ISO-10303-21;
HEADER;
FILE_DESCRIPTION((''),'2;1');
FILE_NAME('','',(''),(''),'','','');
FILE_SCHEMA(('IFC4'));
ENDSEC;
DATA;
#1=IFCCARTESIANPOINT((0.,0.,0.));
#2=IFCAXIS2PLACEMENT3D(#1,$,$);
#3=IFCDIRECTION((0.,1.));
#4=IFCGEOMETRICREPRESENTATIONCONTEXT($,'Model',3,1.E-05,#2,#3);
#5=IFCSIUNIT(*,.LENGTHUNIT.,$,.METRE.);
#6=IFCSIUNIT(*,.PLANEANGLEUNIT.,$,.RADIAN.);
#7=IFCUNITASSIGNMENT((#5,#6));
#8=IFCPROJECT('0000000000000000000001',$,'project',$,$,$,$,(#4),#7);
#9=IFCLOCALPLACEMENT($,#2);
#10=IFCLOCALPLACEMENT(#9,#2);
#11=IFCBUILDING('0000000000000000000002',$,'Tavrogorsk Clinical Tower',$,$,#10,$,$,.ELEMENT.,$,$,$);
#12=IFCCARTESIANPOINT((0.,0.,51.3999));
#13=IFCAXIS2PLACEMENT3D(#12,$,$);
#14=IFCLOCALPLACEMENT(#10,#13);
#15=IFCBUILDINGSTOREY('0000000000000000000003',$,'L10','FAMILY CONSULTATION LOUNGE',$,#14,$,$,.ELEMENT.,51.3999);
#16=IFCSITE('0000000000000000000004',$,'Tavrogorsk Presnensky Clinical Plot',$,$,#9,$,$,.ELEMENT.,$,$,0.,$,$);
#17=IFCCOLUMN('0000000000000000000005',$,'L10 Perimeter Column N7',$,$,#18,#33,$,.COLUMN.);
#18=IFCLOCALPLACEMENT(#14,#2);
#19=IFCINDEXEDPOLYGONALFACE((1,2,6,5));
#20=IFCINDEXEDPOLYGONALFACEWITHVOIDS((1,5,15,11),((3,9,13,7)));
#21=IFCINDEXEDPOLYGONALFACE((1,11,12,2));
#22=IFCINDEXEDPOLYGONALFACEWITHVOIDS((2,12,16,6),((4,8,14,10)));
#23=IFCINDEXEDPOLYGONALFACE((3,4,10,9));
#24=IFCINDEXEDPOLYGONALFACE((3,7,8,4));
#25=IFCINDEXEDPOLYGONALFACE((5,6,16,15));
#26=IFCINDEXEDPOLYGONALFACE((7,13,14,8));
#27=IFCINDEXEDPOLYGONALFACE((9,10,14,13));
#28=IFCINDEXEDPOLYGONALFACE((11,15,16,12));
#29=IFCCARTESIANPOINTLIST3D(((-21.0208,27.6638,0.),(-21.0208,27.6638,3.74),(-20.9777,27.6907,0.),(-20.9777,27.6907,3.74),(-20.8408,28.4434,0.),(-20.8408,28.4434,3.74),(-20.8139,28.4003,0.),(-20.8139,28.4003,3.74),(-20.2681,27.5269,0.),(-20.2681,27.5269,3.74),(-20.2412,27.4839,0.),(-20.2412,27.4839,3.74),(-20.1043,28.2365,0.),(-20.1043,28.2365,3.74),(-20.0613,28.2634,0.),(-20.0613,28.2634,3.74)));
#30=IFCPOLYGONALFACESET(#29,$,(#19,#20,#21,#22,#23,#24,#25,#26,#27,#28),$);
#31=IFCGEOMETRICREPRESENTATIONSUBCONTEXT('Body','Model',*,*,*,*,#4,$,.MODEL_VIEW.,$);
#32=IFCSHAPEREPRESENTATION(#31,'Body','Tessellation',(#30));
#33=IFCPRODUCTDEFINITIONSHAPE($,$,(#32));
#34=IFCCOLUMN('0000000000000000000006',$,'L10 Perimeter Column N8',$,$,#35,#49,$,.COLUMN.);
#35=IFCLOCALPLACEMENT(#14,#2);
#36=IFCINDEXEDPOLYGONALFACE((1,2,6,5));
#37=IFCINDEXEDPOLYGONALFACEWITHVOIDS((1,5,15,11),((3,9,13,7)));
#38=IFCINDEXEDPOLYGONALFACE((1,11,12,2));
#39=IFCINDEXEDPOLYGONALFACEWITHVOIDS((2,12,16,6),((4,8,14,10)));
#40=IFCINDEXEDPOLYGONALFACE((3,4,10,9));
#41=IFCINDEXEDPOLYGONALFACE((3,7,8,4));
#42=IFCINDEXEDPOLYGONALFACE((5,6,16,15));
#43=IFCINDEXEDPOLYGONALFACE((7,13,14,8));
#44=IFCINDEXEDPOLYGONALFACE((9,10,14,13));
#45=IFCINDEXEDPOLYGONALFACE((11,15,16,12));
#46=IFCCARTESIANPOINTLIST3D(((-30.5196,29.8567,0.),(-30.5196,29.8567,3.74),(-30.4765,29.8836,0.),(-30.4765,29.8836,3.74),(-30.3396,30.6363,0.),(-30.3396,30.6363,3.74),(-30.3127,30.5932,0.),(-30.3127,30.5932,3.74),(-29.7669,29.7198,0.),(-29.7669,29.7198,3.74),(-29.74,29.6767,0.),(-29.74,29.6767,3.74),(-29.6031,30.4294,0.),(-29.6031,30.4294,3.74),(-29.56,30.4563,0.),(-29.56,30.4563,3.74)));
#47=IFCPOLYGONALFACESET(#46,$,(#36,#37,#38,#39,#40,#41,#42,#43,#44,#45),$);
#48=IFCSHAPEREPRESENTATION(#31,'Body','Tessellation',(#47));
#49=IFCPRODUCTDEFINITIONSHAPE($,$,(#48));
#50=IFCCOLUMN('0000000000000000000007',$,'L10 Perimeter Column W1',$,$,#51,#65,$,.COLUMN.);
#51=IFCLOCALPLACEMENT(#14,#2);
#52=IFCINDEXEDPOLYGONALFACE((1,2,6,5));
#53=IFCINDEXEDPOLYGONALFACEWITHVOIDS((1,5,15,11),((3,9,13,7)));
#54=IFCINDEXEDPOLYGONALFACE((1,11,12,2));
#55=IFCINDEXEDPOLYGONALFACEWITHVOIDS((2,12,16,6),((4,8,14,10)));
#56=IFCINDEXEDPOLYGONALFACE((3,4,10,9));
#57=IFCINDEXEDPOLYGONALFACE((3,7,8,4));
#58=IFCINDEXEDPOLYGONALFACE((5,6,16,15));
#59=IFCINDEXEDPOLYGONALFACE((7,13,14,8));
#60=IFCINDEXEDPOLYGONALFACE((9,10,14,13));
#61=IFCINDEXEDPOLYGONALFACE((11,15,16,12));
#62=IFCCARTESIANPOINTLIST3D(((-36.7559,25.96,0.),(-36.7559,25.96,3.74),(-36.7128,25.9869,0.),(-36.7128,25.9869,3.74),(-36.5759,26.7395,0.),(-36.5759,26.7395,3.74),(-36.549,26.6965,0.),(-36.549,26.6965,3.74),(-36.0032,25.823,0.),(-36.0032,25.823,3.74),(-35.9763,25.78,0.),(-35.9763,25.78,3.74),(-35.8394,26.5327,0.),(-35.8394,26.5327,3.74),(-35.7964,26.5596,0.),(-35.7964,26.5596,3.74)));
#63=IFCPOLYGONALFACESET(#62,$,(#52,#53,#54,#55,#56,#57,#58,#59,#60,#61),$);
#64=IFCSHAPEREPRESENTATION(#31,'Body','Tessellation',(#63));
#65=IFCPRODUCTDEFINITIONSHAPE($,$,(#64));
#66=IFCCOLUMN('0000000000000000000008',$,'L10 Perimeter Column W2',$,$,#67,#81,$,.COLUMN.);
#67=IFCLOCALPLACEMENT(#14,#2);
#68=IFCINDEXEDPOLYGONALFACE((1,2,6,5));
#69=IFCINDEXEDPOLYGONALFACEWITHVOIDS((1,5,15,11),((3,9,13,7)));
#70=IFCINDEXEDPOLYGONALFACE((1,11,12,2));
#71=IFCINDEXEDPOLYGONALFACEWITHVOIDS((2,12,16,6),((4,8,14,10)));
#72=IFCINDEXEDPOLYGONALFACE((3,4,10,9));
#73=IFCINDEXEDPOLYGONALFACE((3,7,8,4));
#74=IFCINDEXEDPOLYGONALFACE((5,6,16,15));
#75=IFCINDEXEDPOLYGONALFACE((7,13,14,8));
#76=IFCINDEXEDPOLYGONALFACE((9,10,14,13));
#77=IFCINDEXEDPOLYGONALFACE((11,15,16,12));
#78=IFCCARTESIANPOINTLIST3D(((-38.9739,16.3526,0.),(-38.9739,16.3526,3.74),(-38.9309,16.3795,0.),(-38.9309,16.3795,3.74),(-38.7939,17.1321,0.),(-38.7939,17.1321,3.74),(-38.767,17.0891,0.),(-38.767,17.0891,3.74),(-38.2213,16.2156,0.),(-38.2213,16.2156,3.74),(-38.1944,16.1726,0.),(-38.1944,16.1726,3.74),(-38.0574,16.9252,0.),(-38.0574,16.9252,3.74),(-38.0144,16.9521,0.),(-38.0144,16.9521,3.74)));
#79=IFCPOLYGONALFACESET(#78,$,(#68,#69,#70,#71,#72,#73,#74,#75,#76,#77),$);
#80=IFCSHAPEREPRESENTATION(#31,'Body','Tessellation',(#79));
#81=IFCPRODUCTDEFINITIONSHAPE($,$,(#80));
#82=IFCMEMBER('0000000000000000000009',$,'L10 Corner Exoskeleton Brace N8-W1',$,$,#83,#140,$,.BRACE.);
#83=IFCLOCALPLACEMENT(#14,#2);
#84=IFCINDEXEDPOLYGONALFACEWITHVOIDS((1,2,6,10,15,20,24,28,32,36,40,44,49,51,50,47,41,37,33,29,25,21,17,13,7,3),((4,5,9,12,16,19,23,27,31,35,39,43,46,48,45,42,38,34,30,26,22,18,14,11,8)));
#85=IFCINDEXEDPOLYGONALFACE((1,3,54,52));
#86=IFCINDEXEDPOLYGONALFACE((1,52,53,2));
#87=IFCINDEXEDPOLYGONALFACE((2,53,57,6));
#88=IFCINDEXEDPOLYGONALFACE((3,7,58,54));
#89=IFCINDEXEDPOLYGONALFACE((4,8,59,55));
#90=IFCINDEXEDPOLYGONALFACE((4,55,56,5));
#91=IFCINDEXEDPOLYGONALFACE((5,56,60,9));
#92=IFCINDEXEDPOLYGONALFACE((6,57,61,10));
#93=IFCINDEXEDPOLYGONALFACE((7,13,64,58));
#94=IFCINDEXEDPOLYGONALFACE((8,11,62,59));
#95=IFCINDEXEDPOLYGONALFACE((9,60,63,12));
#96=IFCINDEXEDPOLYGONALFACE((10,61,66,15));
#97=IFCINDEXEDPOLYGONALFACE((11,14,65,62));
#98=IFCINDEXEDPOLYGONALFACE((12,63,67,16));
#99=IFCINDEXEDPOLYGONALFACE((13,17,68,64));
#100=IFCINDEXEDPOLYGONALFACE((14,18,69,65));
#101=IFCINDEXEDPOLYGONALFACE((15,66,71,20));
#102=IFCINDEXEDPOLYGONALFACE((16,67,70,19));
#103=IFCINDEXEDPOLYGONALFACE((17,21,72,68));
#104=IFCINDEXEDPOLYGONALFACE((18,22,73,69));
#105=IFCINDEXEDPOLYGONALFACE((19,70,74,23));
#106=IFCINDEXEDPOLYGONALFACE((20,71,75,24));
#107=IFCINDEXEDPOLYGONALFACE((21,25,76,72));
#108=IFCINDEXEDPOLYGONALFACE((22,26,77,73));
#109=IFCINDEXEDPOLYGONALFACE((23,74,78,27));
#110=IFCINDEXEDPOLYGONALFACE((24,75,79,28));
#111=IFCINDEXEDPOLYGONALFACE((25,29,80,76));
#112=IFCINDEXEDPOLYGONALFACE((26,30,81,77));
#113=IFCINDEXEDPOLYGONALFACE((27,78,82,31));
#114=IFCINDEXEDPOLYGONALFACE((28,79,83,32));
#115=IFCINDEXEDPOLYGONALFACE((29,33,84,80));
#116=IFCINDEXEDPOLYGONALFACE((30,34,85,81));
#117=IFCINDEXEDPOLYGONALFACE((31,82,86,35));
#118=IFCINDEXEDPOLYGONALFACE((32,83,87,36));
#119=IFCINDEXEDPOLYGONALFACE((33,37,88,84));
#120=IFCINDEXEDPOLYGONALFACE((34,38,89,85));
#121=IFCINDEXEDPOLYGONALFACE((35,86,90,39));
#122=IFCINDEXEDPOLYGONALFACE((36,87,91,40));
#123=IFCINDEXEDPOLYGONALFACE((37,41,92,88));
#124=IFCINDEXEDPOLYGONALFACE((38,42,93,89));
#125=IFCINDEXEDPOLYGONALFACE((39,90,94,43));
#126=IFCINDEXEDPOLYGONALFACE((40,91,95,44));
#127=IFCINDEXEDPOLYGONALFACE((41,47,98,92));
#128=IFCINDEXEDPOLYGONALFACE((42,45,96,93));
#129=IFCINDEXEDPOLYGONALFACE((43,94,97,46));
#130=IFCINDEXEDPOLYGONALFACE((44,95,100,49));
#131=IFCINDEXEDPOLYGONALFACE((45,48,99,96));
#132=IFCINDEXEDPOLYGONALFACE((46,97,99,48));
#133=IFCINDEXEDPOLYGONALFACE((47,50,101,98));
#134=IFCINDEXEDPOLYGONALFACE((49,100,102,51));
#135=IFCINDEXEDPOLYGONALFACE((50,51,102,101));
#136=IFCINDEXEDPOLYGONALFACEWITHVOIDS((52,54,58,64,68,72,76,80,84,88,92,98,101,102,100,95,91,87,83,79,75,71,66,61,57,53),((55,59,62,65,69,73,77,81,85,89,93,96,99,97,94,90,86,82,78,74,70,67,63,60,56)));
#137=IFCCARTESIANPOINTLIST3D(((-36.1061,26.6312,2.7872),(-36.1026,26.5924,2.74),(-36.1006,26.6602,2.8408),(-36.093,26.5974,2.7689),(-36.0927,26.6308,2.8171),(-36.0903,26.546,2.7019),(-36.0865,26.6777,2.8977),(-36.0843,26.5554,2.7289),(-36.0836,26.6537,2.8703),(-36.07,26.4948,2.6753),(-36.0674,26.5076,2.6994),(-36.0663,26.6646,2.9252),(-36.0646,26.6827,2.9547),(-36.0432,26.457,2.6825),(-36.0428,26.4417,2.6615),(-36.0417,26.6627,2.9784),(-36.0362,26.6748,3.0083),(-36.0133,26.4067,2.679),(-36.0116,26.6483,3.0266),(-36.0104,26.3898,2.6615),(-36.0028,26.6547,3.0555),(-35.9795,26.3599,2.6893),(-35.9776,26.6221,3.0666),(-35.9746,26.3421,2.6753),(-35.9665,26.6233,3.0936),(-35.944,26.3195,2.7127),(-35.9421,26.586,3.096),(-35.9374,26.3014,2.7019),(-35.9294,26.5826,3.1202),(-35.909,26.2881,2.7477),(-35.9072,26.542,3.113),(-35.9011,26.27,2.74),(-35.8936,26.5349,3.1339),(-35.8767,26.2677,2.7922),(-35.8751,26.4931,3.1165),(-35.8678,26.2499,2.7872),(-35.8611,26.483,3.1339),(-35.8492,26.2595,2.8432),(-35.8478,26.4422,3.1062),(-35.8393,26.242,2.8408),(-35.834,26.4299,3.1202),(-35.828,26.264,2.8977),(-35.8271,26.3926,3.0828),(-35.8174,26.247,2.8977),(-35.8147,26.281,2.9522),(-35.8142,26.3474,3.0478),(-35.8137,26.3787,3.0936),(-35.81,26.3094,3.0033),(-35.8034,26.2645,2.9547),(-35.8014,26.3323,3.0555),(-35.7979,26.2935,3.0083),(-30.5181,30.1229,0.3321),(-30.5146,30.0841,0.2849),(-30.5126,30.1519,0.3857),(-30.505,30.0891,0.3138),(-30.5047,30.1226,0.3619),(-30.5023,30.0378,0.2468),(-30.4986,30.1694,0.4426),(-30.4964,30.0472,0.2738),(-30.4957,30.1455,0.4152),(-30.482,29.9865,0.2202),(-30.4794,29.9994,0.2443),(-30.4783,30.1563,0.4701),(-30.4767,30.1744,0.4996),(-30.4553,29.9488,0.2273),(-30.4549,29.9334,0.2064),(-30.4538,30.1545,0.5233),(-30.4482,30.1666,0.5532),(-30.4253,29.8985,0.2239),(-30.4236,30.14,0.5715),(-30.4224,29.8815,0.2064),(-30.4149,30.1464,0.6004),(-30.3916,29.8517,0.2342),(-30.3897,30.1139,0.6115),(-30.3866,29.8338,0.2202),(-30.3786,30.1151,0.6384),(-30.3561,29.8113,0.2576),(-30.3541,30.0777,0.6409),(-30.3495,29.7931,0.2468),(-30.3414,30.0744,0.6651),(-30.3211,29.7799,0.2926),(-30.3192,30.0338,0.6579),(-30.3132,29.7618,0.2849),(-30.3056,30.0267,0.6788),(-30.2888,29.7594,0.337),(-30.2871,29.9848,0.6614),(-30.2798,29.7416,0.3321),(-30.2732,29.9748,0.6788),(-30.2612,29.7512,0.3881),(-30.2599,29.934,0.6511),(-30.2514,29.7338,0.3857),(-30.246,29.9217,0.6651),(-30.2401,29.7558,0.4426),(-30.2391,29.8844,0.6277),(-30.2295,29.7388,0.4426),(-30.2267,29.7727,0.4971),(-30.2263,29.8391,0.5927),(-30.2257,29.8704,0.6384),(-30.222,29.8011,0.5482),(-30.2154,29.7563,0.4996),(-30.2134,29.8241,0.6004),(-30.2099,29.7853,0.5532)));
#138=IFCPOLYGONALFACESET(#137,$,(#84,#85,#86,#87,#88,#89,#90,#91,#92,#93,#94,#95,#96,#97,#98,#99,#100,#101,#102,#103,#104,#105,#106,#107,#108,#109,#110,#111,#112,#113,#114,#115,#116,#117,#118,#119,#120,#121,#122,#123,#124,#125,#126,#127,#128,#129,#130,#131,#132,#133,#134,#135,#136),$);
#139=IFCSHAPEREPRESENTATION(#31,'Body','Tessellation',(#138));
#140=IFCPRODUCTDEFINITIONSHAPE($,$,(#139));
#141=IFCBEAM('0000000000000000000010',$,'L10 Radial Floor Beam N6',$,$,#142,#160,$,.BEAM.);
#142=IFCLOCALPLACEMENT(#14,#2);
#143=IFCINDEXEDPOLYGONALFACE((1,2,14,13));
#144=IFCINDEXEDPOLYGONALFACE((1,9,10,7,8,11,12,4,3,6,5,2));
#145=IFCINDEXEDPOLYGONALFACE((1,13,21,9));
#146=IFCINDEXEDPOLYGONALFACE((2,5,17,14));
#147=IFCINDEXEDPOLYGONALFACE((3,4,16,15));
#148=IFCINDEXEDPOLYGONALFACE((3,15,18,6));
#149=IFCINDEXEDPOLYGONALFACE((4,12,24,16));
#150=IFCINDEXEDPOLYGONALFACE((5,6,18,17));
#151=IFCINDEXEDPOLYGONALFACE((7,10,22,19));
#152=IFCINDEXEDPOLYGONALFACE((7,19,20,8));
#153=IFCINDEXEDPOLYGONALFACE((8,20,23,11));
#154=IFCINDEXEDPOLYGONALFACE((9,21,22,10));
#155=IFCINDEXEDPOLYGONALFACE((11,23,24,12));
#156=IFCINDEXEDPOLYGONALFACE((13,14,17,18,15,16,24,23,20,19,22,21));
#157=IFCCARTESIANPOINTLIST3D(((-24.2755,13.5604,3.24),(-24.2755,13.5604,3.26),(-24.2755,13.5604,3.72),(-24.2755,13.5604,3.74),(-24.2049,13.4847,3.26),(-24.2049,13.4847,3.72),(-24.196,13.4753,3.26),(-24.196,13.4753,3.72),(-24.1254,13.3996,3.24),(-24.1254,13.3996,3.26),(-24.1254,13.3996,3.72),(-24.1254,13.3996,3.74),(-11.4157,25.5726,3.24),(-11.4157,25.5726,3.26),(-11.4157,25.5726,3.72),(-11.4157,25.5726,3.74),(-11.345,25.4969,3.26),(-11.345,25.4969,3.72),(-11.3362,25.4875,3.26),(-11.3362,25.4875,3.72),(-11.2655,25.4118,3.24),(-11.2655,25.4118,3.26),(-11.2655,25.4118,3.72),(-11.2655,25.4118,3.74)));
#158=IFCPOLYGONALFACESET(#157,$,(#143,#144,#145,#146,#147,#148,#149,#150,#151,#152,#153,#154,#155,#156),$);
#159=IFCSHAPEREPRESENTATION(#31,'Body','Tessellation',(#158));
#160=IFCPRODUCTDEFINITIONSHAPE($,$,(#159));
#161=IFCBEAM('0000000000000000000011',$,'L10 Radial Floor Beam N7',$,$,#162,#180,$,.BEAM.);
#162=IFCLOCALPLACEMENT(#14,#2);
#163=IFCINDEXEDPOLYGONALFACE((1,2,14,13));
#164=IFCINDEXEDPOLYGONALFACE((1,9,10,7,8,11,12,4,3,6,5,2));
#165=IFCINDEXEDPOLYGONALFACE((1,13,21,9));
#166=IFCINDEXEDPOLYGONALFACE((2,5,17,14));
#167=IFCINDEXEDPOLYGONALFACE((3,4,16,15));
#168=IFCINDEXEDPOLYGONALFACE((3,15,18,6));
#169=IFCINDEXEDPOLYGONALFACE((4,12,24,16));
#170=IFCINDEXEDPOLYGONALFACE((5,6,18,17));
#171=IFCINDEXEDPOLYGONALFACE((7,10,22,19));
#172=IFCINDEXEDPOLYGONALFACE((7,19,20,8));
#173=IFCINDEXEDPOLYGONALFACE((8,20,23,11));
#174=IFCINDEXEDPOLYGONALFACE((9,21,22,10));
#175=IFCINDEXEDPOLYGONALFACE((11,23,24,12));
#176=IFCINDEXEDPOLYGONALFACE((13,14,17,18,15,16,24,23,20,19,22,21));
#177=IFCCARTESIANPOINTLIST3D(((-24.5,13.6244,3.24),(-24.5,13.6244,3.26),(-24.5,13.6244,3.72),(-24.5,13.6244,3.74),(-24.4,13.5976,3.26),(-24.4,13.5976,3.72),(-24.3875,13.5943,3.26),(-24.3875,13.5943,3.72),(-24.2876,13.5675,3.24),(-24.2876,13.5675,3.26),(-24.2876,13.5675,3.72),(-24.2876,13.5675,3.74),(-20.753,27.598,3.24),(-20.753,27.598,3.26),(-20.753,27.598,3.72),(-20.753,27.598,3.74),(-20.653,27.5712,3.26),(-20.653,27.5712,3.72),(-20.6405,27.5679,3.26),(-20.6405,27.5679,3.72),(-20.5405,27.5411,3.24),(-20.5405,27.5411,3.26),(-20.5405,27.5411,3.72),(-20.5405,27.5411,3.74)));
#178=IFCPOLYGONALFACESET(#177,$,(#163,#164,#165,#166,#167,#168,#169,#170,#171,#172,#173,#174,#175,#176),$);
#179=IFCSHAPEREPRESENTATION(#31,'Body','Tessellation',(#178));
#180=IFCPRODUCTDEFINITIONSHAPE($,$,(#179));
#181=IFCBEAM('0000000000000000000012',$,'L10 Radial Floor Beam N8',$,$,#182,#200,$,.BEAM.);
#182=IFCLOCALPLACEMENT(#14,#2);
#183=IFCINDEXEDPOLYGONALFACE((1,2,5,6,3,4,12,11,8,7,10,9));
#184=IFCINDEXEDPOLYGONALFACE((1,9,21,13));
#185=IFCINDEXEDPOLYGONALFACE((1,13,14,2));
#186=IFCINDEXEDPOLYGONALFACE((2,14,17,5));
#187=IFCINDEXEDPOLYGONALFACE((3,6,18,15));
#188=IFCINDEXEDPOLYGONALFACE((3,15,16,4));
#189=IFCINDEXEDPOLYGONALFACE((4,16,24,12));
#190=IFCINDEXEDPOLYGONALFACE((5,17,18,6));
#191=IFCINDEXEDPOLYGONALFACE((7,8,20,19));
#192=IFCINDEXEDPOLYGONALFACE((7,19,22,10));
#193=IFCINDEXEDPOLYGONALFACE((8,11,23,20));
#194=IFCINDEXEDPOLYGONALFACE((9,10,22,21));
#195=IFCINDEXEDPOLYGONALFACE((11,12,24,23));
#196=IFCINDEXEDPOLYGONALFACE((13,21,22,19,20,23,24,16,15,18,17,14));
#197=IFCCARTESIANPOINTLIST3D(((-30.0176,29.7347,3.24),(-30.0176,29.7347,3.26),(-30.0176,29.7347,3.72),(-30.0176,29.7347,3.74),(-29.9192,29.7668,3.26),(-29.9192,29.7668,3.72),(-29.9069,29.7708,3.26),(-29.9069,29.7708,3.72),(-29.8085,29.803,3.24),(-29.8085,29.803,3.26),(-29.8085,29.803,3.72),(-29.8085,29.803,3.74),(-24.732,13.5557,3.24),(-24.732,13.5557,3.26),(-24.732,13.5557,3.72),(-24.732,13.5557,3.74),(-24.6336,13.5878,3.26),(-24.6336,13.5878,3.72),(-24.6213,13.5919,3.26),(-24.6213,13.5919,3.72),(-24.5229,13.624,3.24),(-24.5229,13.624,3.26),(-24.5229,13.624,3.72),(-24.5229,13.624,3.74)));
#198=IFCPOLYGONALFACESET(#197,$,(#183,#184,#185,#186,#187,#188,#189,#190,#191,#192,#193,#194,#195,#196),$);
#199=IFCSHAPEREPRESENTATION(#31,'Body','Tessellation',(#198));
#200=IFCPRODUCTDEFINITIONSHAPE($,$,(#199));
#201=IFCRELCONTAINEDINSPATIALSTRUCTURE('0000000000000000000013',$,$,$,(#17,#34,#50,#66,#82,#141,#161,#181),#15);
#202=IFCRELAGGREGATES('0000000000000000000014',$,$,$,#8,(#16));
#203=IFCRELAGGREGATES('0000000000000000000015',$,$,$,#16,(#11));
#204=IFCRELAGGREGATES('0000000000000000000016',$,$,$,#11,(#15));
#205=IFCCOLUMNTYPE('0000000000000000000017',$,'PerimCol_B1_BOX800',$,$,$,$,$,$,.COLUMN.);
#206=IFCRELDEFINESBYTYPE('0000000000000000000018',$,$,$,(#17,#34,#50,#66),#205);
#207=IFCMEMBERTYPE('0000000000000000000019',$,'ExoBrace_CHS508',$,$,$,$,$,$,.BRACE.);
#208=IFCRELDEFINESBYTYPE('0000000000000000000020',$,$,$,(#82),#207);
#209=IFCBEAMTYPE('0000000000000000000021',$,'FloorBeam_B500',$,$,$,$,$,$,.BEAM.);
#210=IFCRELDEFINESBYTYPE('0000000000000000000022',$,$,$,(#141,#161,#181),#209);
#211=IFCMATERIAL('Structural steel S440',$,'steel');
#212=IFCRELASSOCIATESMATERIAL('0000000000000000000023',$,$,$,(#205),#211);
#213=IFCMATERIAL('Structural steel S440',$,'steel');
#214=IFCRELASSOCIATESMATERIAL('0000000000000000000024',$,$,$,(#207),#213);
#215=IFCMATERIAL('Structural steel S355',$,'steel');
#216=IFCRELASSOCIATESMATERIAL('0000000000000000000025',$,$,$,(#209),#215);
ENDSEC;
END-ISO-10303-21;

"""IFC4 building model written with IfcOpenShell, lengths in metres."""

from ifc_helpers import new_model, si_unit, direction, frame, origin, origin_2d, place, context, subcontext, project, spatial, hollow_rectangle, hollow_circle, i_section, extrude, material, material_profile, profile_set, type_object, element, save


model = new_model("IFC4")

# Units and contexts
model_context = context("Model", 3, precision=1e-05, world=origin(), true_north=direction((0.0, 1.0)))
body_context = subcontext(model_context, "Body", "Model", "MODEL_VIEW")
ifc_project = project(units=[si_unit("LENGTHUNIT", "METRE"), si_unit("PLANEANGLEUNIT", "RADIAN")], contexts=[model_context])

# Site, building, storey
site_placement = place(None, origin())
site = spatial("IfcSite", under=ifc_project, at=site_placement, Name="Tavrogorsk Presnensky Clinical Plot", CompositionType="ELEMENT", RefElevation=0.0)
building_placement = place(site_placement, origin())
building = spatial("IfcBuilding", under=site, at=building_placement, Name="Tavrogorsk Clinical Tower", CompositionType="ELEMENT")
storey_placement = place(building_placement, frame((0.0, 0.0, 51.3999)))
storey = spatial("IfcBuildingStorey", under=building, at=storey_placement, Name="L10", Description="FAMILY CONSULTATION LOUNGE", CompositionType="ELEMENT", Elevation=51.3999)

# Columns
ifc_material_1 = material(Name="Structural steel S440", Category="steel")
ifc_material_profile_1 = material_profile(ifc_material_1, hollow_rectangle(XDim=0.8, YDim=0.8, WallThickness=0.0359, at=origin_2d()), Name="BOX-800x800x36")
ifc_profile_set_1 = profile_set([ifc_material_profile_1], Name="Structural steel S440")
column_type = type_object("IfcColumnType", Name="PerimCol_B1_BOX800", PredefinedType="COLUMN", material=ifc_profile_set_1)
for number, where, z_axis, x_axis, name in (
    (1, (-20.541, 27.9636, 0.0), (0.0, 0.0, 1.0), (0.97437, -0.224951, 0.0), "L10 Perimeter Column N7"),
    (2, (-30.0398, 30.1565, 0.0), (0.0, 0.0, 1.0), (0.97437, -0.224951, 0.0), "L10 Perimeter Column N8"),
    (3, (-36.2761, 26.2598, 0.0), (0.0, 0.0, 1.0), (0.97437, -0.224951, 0.0), "L10 Perimeter Column W1"),
    (4, (-38.4941, 16.6523, 0.0), (0.0, 0.0, 1.0), (0.97437, -0.224951, 0.0), "L10 Perimeter Column W2"),
):
    element("IfcColumn", number, at=place(storey_placement, frame(where, z_axis=z_axis, x_axis=x_axis)), inside=storey, type_object=column_type, Name=name, PredefinedType="COLUMN", context=body_context, shape_type="SweptSolid", body=[
        extrude(hollow_rectangle(XDim=0.8, YDim=0.8, WallThickness=0.0359, at=origin_2d()), origin(), (0.0, 0.0, 1.0), 3.74),
    ])

# Member
ifc_material_2 = material(Name="Structural steel S440", Category="steel")
ifc_material_profile_2 = material_profile(ifc_material_2, hollow_circle(Radius=0.2539, WallThickness=0.02, at=origin_2d()), Name="CHS-508x20")
ifc_profile_set_2 = profile_set([ifc_material_profile_2], Name="Structural steel S440")
member_type_1 = type_object("IfcMemberType", Name="ExoBrace_CHS508", PredefinedType="BRACE", material=ifc_profile_set_2)
member_1_placement = place(storey_placement, frame((-30.364, 29.9541, 0.4426), z_axis=(-0.794679, -0.49657, 0.349148), x_axis=(0.529919, -0.848048, 0.0)))
element("IfcMember", 5, at=member_1_placement, inside=storey, type_object=member_type_1, Name="L10 Corner Exoskeleton Brace N8-W1", PredefinedType="BRACE", context=body_context, shape_type="SweptSolid", body=[
    extrude(hollow_circle(Radius=0.2539, WallThickness=0.02, at=origin_2d()), origin(), (0.0, 0.0, 1.0), 7.0317),
])

# Beams
ifc_material_3 = material(Name="Structural steel S355", Category="steel")
ifc_material_profile_3 = material_profile(ifc_material_3, i_section(OverallWidth=0.22, OverallDepth=0.5, WebThickness=0.0129, FlangeThickness=0.02, at=origin_2d()), Name="B-500x220x13x20")
ifc_profile_set_3 = profile_set([ifc_material_profile_3], Name="Structural steel S355")
beam_type_1 = type_object("IfcBeamType", Name="FloorBeam_B500", PredefinedType="BEAM", material=ifc_profile_set_3)
beam_1_placement = place(storey_placement, frame((-24.2004, 13.48, 3.49), z_axis=(0.730781, 0.682612, 0.0), x_axis=(-0.682612, 0.730781, 0.0)))
element("IfcBeam", 6, at=beam_1_placement, inside=storey, type_object=beam_type_1, Name="L10 Radial Floor Beam N6", PredefinedType="BEAM", context=body_context, shape_type="SweptSolid", body=[
    extrude(i_section(OverallWidth=0.22, OverallDepth=0.5, WebThickness=0.0129, FlangeThickness=0.02, at=origin_2d()), origin(), (0.0, 0.0, 1.0), 17.5974),
])
beam_2_placement = place(storey_placement, frame((-24.3938, 13.5959, 3.49), z_axis=(0.259003, 0.965877, 0.0), x_axis=(-0.965877, 0.259003, 0.0)))
element("IfcBeam", 7, at=beam_2_placement, inside=storey, type_object=beam_type_1, Name="L10 Radial Floor Beam N7", PredefinedType="BEAM", context=body_context, shape_type="SweptSolid", body=[
    extrude(i_section(OverallWidth=0.22, OverallDepth=0.5, WebThickness=0.0129, FlangeThickness=0.02, at=origin_2d()), origin(), (0.0, 0.0, 1.0), 14.4673),
])
beam_3_placement = place(storey_placement, frame((-24.6274, 13.5898, 3.49), z_axis=(-0.310546, 0.950558, 0.0), x_axis=(-0.950558, -0.310546, 0.0)))
element("IfcBeam", 8, at=beam_3_placement, inside=storey, type_object=beam_type_1, Name="L10 Radial Floor Beam N8", PredefinedType="BEAM", context=body_context, shape_type="SweptSolid", body=[
    extrude(i_section(OverallWidth=0.22, OverallDepth=0.5, WebThickness=0.0129, FlangeThickness=0.02, at=origin_2d()), origin(), (0.0, 0.0, 1.0), 17.0205),
])

save(model, "model.ifc")
